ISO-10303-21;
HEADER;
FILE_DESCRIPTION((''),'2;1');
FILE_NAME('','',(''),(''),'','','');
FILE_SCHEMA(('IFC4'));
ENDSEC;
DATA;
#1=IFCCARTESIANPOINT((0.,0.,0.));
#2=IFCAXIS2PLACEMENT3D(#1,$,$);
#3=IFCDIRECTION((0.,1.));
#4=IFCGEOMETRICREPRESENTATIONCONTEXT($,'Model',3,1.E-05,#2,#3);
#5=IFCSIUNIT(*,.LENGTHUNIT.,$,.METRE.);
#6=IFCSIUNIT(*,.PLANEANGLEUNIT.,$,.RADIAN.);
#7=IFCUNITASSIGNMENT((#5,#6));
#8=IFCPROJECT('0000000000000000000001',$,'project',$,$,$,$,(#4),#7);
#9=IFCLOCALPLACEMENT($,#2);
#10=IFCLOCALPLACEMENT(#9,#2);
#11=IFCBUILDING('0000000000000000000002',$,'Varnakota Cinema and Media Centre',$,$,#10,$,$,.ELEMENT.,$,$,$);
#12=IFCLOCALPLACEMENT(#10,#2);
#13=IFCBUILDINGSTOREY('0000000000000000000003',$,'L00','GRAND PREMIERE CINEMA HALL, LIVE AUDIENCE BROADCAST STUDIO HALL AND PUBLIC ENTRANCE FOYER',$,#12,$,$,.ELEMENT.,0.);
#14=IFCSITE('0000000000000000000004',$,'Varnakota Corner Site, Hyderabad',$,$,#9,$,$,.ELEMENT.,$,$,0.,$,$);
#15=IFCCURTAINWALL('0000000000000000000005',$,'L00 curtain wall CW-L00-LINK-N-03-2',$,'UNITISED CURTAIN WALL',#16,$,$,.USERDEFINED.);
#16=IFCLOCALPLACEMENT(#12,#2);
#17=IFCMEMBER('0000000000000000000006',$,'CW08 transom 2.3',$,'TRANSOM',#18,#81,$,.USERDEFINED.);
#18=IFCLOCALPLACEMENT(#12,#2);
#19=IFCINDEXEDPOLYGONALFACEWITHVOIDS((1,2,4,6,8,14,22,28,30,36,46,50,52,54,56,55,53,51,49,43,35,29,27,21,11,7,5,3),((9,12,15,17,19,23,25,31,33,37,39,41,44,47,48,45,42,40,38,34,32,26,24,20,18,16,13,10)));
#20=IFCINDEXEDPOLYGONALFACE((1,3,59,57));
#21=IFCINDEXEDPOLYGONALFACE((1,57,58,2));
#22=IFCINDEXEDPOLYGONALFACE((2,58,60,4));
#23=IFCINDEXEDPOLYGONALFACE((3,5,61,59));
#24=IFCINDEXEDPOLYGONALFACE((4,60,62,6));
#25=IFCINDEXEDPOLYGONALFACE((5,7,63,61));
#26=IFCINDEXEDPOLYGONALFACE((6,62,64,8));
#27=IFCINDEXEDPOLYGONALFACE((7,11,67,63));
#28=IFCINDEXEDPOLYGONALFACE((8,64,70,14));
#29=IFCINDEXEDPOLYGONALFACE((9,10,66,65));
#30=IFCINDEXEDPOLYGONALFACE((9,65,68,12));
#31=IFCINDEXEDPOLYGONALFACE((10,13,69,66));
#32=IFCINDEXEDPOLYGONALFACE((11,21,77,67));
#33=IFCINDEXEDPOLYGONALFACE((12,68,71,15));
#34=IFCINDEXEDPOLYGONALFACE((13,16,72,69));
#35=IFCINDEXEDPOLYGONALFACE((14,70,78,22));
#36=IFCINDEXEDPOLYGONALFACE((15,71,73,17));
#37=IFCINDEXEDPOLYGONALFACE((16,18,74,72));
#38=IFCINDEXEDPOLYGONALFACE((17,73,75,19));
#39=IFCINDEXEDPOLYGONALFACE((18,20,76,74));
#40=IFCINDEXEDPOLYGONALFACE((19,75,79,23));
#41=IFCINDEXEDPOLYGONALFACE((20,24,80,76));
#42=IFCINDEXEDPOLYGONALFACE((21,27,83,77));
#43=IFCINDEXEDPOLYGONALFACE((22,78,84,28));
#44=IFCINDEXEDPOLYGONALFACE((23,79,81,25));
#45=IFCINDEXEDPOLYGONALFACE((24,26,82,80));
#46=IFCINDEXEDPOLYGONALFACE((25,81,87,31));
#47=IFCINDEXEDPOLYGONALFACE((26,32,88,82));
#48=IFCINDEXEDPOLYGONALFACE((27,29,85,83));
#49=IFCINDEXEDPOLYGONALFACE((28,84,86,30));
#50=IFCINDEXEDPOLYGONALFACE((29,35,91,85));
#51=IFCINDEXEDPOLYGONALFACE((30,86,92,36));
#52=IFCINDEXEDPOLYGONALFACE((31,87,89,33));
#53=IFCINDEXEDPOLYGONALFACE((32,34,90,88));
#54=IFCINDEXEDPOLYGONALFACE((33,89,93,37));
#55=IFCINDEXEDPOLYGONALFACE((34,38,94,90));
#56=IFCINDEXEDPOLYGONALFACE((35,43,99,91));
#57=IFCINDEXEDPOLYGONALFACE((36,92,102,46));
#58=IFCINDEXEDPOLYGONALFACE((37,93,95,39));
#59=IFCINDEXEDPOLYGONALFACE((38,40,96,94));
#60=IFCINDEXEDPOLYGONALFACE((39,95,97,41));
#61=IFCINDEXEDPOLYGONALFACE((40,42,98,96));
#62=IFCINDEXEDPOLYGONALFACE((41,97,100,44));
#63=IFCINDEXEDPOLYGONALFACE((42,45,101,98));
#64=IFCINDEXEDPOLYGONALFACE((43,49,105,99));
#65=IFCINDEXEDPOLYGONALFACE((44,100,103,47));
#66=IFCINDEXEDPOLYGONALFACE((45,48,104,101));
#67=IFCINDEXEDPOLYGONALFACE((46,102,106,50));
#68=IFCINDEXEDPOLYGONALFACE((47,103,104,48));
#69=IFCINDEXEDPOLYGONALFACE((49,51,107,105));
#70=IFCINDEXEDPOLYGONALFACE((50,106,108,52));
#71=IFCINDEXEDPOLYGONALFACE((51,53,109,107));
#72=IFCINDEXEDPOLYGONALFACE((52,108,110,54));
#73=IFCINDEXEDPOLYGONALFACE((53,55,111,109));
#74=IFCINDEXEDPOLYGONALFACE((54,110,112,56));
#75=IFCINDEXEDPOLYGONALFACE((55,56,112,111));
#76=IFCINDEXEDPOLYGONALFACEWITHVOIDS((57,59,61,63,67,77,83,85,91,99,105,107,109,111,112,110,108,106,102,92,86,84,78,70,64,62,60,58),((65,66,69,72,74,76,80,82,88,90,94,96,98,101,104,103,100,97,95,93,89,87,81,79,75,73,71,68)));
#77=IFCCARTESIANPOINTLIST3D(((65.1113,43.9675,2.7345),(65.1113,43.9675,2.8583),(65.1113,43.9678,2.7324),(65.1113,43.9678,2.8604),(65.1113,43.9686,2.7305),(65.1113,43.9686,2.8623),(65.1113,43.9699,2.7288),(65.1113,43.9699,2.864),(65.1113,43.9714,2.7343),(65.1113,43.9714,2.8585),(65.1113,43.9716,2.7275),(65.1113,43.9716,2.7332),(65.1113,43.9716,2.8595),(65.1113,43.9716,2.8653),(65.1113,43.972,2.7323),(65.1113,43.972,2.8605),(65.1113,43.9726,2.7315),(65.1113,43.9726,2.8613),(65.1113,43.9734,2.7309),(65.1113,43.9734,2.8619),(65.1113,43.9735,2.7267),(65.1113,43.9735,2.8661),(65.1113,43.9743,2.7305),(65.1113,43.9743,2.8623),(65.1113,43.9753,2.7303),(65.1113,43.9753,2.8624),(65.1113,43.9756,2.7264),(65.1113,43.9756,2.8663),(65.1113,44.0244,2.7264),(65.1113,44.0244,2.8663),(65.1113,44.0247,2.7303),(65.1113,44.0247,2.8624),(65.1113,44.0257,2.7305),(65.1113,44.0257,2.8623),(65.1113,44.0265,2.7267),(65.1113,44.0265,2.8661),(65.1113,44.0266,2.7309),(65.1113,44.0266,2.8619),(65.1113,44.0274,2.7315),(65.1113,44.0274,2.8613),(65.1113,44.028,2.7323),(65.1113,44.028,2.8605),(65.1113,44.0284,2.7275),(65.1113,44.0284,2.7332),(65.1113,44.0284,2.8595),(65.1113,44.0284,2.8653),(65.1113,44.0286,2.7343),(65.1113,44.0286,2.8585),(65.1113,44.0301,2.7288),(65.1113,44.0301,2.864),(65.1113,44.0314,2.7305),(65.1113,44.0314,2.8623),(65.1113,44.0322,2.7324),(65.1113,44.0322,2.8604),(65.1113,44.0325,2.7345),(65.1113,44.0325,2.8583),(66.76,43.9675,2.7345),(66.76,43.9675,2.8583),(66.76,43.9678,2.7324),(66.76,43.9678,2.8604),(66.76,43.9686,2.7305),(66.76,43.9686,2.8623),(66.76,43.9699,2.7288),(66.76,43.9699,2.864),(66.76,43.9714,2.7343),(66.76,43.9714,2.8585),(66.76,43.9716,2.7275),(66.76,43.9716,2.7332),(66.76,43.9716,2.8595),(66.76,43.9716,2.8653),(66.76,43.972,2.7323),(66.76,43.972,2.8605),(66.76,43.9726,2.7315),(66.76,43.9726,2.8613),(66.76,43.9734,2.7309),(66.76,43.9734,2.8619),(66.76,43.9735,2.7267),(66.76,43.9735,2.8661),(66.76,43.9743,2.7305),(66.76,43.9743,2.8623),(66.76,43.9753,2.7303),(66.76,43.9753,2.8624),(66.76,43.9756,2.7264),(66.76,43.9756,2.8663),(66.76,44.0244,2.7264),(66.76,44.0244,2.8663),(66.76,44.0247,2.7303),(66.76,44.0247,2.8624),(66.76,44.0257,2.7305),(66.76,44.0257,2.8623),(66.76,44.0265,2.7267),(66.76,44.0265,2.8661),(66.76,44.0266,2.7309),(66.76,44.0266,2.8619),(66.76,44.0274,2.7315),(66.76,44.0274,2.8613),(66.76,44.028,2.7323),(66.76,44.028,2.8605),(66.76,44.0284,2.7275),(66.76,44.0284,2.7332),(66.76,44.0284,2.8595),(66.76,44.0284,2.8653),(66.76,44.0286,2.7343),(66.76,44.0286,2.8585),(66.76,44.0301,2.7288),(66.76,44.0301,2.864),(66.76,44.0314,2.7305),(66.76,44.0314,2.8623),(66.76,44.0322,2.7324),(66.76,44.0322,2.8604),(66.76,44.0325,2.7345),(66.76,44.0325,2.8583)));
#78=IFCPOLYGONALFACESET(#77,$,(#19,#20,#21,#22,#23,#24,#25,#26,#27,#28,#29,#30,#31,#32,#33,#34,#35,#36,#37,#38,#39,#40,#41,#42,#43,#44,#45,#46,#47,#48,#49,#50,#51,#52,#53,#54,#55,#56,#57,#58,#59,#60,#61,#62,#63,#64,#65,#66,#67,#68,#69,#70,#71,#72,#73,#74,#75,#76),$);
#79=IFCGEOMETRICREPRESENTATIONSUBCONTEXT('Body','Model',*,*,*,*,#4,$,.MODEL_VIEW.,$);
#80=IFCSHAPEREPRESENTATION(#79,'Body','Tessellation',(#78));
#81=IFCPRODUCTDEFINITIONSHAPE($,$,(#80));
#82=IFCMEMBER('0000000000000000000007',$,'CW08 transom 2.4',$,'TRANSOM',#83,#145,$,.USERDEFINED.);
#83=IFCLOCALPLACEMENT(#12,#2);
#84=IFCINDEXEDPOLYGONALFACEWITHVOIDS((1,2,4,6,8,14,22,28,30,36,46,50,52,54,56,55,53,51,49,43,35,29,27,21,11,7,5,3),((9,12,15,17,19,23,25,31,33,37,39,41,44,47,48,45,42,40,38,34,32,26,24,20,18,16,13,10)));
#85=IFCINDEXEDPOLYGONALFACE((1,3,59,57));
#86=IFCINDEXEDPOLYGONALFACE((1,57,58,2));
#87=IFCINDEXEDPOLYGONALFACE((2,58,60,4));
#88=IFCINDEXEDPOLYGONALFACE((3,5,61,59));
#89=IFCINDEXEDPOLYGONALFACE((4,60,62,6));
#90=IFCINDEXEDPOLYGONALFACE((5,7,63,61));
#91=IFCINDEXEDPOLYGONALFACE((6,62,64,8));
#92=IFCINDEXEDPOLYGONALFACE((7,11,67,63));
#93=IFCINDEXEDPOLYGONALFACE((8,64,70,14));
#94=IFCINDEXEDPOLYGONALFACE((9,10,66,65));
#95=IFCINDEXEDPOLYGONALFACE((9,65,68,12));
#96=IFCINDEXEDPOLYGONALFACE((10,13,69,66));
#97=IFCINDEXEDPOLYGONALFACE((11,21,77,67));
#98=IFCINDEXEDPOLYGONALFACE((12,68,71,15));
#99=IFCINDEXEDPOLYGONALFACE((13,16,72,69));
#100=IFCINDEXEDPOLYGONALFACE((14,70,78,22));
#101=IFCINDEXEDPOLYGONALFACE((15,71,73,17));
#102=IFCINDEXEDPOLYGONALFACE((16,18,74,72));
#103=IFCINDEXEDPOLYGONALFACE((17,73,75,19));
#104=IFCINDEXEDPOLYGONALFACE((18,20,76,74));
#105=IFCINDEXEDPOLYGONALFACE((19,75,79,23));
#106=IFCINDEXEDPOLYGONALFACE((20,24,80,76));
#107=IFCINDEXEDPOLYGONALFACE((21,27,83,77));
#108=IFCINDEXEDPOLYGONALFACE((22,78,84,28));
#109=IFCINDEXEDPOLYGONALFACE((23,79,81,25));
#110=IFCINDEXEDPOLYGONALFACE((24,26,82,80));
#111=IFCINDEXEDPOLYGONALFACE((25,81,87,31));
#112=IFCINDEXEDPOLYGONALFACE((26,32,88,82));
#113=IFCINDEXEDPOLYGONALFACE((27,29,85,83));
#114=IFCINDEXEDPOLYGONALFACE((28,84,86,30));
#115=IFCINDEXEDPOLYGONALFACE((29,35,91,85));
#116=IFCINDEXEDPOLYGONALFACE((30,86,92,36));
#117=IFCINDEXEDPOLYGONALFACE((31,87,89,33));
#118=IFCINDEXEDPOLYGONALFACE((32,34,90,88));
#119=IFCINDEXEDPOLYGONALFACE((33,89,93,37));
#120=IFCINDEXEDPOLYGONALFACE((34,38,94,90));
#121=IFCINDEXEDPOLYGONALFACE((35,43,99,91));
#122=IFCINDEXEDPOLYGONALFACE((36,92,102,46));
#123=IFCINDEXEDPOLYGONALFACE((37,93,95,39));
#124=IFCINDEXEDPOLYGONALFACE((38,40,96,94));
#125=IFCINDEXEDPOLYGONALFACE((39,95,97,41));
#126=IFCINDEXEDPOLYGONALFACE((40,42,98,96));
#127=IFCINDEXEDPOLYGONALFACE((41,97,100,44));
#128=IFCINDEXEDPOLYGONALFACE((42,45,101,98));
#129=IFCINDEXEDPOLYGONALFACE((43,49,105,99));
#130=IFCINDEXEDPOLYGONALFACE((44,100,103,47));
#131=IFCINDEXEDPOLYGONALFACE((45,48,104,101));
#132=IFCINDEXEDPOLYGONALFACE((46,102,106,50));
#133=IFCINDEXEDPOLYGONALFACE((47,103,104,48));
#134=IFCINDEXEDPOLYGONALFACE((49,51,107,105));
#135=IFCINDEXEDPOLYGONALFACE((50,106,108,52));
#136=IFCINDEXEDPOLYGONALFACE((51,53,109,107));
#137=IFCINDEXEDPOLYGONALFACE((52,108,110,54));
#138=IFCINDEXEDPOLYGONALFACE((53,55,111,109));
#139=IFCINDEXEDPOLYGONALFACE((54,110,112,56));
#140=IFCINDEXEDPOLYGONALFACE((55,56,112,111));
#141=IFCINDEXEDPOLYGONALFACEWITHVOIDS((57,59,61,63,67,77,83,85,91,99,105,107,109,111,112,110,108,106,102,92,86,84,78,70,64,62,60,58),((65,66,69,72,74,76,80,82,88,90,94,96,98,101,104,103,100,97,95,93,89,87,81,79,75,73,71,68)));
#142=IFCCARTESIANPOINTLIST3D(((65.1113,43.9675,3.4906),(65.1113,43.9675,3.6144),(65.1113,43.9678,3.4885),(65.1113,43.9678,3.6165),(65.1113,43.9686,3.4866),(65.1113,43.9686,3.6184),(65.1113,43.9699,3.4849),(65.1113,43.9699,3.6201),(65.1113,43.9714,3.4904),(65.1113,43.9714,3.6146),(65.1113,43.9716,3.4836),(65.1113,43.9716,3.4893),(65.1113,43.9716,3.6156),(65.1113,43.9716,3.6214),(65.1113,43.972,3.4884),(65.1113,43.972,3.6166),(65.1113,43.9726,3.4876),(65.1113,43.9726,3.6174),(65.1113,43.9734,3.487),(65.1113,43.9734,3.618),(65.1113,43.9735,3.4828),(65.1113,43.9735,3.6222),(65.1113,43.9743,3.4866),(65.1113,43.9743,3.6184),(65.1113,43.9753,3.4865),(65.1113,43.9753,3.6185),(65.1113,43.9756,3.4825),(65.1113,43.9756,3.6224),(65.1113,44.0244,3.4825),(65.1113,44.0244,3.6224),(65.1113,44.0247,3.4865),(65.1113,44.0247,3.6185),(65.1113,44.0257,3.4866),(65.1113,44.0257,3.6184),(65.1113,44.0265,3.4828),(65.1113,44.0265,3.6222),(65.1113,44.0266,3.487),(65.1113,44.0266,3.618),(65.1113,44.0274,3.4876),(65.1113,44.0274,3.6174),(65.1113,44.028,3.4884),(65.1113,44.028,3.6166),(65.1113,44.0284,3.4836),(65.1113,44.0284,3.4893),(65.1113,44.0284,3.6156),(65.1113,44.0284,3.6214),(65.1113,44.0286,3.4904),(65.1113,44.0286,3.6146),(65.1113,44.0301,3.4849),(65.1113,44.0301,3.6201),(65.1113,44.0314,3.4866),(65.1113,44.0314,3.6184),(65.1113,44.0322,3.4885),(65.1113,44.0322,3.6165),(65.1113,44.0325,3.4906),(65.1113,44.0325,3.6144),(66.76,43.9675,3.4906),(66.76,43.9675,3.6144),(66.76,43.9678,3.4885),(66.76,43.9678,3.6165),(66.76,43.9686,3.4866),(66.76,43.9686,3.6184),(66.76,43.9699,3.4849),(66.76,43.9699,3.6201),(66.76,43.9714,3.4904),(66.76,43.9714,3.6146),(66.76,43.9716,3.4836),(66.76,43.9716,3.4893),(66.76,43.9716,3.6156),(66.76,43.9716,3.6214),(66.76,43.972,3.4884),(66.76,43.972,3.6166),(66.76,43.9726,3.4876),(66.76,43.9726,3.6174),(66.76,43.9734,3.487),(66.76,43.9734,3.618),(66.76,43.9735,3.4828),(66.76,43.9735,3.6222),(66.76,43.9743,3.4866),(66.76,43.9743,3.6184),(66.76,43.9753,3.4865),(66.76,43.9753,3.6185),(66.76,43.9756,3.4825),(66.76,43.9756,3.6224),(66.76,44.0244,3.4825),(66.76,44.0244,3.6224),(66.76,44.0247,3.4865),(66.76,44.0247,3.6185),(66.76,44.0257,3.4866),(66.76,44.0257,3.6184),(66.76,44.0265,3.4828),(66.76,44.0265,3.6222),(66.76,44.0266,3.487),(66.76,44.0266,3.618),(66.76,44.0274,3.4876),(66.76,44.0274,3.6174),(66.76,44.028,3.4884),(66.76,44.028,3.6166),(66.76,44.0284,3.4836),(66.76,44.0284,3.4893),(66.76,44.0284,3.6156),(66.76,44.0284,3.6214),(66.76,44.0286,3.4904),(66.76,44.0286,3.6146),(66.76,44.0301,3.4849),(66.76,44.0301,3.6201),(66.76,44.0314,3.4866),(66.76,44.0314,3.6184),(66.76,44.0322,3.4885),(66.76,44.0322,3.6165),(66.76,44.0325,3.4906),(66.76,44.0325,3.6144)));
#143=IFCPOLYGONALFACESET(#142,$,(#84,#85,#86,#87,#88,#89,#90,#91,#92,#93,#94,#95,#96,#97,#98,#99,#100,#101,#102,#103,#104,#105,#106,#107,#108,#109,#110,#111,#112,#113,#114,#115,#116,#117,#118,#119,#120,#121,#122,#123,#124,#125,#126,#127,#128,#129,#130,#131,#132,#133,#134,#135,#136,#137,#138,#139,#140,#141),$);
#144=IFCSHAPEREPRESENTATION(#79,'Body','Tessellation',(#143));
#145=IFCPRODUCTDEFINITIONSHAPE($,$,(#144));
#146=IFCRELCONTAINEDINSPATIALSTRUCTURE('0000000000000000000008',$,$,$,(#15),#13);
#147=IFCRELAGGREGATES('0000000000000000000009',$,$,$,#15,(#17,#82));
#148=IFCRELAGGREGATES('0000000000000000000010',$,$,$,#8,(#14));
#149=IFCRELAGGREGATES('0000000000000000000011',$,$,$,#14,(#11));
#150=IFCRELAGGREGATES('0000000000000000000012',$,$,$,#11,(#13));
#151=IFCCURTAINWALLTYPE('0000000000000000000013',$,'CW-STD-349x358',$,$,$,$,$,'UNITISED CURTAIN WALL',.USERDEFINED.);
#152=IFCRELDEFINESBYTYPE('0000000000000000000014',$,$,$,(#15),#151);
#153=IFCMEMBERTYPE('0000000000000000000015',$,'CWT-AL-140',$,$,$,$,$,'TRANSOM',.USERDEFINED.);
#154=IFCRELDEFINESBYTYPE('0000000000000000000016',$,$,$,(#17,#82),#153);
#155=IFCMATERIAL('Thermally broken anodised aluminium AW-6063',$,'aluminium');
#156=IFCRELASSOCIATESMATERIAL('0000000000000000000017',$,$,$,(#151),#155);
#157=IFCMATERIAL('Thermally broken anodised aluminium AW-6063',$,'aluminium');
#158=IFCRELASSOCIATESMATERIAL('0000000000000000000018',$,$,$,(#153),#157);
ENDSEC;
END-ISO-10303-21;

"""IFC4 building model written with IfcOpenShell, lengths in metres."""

from ifc_helpers import new_model, si_unit, direction, frame, origin, origin_2d, place, context, subcontext, project, spatial, hollow_rectangle, extrude, material, material_profile, profile_set, type_object, element, aggregate, save


model = new_model("IFC4")

# Units and contexts
model_context = context("Model", 3, precision=1e-05, world=origin(), true_north=direction((0.0, 1.0)))
body_context = subcontext(model_context, "Body", "Model", "MODEL_VIEW")
ifc_project = project(units=[si_unit("LENGTHUNIT", "METRE"), si_unit("PLANEANGLEUNIT", "RADIAN")], contexts=[model_context])

# Site, building, storey
site_placement = place(None, origin())
site = spatial("IfcSite", under=ifc_project, at=site_placement, Name="Varnakota Corner Site, Hyderabad", CompositionType="ELEMENT", RefElevation=0.0)
building_placement = place(site_placement, origin())
building = spatial("IfcBuilding", under=site, at=building_placement, Name="Varnakota Cinema and Media Centre", CompositionType="ELEMENT")
storey_placement = place(building_placement, origin())
storey = spatial("IfcBuildingStorey", under=building, at=storey_placement, Name="L00", Description="GRAND PREMIERE CINEMA HALL, LIVE AUDIENCE BROADCAST STUDIO HALL AND PUBLIC ENTRANCE FOYER", CompositionType="ELEMENT", Elevation=0.0)

# Curtain wall
ifc_material_1 = material(Name="Thermally broken anodised aluminium AW-6063", Category="aluminium")
curtain_wall_type = type_object("IfcCurtainWallType", Name="CW-STD-349x358", ElementType="UNITISED CURTAIN WALL", PredefinedType="USERDEFINED", material=ifc_material_1)
curtain_wall_1_placement = place(storey_placement, origin())
curtain_wall_1 = element("IfcCurtainWall", 1, at=curtain_wall_1_placement, inside=storey, type_object=curtain_wall_type, Name="L00 curtain wall CW-L00-LINK-N-03-2", ObjectType="UNITISED CURTAIN WALL", PredefinedType="USERDEFINED")

# Members
ifc_material_2 = material(Name="Thermally broken anodised aluminium AW-6063", Category="aluminium")
ifc_material_profile_1 = material_profile(ifc_material_2, hollow_rectangle(XDim=0.0649, YDim=0.1399, WallThickness=0.0039, InnerFilletRadius=0.0039, OuterFilletRadius=0.0081, at=origin_2d()), Name="AL-TRANSOM 140x65x4")
ifc_profile_set_1 = profile_set([ifc_material_profile_1], Name="Thermally broken anodised aluminium AW-6063")
member_type_1 = type_object("IfcMemberType", Name="CWT-AL-140", ElementType="TRANSOM", PredefinedType="USERDEFINED", material=ifc_profile_set_1)
member_1_placement = place(storey_placement, frame((65.1113, 44.0, 2.7964), z_axis=(1.0, 0.0, 0.0), x_axis=(0.0, 1.0, 0.0)))
member_1 = element("IfcMember", 2, at=member_1_placement, type_object=member_type_1, Name="CW08 transom 2.3", ObjectType="TRANSOM", PredefinedType="USERDEFINED", context=body_context, shape_type="SweptSolid", body=[
    extrude(hollow_rectangle(XDim=0.0649, YDim=0.1399, WallThickness=0.0039, InnerFilletRadius=0.0039, OuterFilletRadius=0.0081, at=origin_2d()), origin(), (0.0, 0.0, 1.0), 1.6487),
])
member_2_placement = place(storey_placement, frame((65.1113, 44.0, 3.5525), z_axis=(1.0, 0.0, 0.0), x_axis=(0.0, 1.0, 0.0)))
member_2 = element("IfcMember", 3, at=member_2_placement, type_object=member_type_1, Name="CW08 transom 2.4", ObjectType="TRANSOM", PredefinedType="USERDEFINED", context=body_context, shape_type="SweptSolid", body=[
    extrude(hollow_rectangle(XDim=0.0649, YDim=0.1399, WallThickness=0.0039, InnerFilletRadius=0.0039, OuterFilletRadius=0.0081, at=origin_2d()), origin(), (0.0, 0.0, 1.0), 1.6487),
])

aggregate(curtain_wall_1, [member_1, member_2])

save(model, "model.ifc")
